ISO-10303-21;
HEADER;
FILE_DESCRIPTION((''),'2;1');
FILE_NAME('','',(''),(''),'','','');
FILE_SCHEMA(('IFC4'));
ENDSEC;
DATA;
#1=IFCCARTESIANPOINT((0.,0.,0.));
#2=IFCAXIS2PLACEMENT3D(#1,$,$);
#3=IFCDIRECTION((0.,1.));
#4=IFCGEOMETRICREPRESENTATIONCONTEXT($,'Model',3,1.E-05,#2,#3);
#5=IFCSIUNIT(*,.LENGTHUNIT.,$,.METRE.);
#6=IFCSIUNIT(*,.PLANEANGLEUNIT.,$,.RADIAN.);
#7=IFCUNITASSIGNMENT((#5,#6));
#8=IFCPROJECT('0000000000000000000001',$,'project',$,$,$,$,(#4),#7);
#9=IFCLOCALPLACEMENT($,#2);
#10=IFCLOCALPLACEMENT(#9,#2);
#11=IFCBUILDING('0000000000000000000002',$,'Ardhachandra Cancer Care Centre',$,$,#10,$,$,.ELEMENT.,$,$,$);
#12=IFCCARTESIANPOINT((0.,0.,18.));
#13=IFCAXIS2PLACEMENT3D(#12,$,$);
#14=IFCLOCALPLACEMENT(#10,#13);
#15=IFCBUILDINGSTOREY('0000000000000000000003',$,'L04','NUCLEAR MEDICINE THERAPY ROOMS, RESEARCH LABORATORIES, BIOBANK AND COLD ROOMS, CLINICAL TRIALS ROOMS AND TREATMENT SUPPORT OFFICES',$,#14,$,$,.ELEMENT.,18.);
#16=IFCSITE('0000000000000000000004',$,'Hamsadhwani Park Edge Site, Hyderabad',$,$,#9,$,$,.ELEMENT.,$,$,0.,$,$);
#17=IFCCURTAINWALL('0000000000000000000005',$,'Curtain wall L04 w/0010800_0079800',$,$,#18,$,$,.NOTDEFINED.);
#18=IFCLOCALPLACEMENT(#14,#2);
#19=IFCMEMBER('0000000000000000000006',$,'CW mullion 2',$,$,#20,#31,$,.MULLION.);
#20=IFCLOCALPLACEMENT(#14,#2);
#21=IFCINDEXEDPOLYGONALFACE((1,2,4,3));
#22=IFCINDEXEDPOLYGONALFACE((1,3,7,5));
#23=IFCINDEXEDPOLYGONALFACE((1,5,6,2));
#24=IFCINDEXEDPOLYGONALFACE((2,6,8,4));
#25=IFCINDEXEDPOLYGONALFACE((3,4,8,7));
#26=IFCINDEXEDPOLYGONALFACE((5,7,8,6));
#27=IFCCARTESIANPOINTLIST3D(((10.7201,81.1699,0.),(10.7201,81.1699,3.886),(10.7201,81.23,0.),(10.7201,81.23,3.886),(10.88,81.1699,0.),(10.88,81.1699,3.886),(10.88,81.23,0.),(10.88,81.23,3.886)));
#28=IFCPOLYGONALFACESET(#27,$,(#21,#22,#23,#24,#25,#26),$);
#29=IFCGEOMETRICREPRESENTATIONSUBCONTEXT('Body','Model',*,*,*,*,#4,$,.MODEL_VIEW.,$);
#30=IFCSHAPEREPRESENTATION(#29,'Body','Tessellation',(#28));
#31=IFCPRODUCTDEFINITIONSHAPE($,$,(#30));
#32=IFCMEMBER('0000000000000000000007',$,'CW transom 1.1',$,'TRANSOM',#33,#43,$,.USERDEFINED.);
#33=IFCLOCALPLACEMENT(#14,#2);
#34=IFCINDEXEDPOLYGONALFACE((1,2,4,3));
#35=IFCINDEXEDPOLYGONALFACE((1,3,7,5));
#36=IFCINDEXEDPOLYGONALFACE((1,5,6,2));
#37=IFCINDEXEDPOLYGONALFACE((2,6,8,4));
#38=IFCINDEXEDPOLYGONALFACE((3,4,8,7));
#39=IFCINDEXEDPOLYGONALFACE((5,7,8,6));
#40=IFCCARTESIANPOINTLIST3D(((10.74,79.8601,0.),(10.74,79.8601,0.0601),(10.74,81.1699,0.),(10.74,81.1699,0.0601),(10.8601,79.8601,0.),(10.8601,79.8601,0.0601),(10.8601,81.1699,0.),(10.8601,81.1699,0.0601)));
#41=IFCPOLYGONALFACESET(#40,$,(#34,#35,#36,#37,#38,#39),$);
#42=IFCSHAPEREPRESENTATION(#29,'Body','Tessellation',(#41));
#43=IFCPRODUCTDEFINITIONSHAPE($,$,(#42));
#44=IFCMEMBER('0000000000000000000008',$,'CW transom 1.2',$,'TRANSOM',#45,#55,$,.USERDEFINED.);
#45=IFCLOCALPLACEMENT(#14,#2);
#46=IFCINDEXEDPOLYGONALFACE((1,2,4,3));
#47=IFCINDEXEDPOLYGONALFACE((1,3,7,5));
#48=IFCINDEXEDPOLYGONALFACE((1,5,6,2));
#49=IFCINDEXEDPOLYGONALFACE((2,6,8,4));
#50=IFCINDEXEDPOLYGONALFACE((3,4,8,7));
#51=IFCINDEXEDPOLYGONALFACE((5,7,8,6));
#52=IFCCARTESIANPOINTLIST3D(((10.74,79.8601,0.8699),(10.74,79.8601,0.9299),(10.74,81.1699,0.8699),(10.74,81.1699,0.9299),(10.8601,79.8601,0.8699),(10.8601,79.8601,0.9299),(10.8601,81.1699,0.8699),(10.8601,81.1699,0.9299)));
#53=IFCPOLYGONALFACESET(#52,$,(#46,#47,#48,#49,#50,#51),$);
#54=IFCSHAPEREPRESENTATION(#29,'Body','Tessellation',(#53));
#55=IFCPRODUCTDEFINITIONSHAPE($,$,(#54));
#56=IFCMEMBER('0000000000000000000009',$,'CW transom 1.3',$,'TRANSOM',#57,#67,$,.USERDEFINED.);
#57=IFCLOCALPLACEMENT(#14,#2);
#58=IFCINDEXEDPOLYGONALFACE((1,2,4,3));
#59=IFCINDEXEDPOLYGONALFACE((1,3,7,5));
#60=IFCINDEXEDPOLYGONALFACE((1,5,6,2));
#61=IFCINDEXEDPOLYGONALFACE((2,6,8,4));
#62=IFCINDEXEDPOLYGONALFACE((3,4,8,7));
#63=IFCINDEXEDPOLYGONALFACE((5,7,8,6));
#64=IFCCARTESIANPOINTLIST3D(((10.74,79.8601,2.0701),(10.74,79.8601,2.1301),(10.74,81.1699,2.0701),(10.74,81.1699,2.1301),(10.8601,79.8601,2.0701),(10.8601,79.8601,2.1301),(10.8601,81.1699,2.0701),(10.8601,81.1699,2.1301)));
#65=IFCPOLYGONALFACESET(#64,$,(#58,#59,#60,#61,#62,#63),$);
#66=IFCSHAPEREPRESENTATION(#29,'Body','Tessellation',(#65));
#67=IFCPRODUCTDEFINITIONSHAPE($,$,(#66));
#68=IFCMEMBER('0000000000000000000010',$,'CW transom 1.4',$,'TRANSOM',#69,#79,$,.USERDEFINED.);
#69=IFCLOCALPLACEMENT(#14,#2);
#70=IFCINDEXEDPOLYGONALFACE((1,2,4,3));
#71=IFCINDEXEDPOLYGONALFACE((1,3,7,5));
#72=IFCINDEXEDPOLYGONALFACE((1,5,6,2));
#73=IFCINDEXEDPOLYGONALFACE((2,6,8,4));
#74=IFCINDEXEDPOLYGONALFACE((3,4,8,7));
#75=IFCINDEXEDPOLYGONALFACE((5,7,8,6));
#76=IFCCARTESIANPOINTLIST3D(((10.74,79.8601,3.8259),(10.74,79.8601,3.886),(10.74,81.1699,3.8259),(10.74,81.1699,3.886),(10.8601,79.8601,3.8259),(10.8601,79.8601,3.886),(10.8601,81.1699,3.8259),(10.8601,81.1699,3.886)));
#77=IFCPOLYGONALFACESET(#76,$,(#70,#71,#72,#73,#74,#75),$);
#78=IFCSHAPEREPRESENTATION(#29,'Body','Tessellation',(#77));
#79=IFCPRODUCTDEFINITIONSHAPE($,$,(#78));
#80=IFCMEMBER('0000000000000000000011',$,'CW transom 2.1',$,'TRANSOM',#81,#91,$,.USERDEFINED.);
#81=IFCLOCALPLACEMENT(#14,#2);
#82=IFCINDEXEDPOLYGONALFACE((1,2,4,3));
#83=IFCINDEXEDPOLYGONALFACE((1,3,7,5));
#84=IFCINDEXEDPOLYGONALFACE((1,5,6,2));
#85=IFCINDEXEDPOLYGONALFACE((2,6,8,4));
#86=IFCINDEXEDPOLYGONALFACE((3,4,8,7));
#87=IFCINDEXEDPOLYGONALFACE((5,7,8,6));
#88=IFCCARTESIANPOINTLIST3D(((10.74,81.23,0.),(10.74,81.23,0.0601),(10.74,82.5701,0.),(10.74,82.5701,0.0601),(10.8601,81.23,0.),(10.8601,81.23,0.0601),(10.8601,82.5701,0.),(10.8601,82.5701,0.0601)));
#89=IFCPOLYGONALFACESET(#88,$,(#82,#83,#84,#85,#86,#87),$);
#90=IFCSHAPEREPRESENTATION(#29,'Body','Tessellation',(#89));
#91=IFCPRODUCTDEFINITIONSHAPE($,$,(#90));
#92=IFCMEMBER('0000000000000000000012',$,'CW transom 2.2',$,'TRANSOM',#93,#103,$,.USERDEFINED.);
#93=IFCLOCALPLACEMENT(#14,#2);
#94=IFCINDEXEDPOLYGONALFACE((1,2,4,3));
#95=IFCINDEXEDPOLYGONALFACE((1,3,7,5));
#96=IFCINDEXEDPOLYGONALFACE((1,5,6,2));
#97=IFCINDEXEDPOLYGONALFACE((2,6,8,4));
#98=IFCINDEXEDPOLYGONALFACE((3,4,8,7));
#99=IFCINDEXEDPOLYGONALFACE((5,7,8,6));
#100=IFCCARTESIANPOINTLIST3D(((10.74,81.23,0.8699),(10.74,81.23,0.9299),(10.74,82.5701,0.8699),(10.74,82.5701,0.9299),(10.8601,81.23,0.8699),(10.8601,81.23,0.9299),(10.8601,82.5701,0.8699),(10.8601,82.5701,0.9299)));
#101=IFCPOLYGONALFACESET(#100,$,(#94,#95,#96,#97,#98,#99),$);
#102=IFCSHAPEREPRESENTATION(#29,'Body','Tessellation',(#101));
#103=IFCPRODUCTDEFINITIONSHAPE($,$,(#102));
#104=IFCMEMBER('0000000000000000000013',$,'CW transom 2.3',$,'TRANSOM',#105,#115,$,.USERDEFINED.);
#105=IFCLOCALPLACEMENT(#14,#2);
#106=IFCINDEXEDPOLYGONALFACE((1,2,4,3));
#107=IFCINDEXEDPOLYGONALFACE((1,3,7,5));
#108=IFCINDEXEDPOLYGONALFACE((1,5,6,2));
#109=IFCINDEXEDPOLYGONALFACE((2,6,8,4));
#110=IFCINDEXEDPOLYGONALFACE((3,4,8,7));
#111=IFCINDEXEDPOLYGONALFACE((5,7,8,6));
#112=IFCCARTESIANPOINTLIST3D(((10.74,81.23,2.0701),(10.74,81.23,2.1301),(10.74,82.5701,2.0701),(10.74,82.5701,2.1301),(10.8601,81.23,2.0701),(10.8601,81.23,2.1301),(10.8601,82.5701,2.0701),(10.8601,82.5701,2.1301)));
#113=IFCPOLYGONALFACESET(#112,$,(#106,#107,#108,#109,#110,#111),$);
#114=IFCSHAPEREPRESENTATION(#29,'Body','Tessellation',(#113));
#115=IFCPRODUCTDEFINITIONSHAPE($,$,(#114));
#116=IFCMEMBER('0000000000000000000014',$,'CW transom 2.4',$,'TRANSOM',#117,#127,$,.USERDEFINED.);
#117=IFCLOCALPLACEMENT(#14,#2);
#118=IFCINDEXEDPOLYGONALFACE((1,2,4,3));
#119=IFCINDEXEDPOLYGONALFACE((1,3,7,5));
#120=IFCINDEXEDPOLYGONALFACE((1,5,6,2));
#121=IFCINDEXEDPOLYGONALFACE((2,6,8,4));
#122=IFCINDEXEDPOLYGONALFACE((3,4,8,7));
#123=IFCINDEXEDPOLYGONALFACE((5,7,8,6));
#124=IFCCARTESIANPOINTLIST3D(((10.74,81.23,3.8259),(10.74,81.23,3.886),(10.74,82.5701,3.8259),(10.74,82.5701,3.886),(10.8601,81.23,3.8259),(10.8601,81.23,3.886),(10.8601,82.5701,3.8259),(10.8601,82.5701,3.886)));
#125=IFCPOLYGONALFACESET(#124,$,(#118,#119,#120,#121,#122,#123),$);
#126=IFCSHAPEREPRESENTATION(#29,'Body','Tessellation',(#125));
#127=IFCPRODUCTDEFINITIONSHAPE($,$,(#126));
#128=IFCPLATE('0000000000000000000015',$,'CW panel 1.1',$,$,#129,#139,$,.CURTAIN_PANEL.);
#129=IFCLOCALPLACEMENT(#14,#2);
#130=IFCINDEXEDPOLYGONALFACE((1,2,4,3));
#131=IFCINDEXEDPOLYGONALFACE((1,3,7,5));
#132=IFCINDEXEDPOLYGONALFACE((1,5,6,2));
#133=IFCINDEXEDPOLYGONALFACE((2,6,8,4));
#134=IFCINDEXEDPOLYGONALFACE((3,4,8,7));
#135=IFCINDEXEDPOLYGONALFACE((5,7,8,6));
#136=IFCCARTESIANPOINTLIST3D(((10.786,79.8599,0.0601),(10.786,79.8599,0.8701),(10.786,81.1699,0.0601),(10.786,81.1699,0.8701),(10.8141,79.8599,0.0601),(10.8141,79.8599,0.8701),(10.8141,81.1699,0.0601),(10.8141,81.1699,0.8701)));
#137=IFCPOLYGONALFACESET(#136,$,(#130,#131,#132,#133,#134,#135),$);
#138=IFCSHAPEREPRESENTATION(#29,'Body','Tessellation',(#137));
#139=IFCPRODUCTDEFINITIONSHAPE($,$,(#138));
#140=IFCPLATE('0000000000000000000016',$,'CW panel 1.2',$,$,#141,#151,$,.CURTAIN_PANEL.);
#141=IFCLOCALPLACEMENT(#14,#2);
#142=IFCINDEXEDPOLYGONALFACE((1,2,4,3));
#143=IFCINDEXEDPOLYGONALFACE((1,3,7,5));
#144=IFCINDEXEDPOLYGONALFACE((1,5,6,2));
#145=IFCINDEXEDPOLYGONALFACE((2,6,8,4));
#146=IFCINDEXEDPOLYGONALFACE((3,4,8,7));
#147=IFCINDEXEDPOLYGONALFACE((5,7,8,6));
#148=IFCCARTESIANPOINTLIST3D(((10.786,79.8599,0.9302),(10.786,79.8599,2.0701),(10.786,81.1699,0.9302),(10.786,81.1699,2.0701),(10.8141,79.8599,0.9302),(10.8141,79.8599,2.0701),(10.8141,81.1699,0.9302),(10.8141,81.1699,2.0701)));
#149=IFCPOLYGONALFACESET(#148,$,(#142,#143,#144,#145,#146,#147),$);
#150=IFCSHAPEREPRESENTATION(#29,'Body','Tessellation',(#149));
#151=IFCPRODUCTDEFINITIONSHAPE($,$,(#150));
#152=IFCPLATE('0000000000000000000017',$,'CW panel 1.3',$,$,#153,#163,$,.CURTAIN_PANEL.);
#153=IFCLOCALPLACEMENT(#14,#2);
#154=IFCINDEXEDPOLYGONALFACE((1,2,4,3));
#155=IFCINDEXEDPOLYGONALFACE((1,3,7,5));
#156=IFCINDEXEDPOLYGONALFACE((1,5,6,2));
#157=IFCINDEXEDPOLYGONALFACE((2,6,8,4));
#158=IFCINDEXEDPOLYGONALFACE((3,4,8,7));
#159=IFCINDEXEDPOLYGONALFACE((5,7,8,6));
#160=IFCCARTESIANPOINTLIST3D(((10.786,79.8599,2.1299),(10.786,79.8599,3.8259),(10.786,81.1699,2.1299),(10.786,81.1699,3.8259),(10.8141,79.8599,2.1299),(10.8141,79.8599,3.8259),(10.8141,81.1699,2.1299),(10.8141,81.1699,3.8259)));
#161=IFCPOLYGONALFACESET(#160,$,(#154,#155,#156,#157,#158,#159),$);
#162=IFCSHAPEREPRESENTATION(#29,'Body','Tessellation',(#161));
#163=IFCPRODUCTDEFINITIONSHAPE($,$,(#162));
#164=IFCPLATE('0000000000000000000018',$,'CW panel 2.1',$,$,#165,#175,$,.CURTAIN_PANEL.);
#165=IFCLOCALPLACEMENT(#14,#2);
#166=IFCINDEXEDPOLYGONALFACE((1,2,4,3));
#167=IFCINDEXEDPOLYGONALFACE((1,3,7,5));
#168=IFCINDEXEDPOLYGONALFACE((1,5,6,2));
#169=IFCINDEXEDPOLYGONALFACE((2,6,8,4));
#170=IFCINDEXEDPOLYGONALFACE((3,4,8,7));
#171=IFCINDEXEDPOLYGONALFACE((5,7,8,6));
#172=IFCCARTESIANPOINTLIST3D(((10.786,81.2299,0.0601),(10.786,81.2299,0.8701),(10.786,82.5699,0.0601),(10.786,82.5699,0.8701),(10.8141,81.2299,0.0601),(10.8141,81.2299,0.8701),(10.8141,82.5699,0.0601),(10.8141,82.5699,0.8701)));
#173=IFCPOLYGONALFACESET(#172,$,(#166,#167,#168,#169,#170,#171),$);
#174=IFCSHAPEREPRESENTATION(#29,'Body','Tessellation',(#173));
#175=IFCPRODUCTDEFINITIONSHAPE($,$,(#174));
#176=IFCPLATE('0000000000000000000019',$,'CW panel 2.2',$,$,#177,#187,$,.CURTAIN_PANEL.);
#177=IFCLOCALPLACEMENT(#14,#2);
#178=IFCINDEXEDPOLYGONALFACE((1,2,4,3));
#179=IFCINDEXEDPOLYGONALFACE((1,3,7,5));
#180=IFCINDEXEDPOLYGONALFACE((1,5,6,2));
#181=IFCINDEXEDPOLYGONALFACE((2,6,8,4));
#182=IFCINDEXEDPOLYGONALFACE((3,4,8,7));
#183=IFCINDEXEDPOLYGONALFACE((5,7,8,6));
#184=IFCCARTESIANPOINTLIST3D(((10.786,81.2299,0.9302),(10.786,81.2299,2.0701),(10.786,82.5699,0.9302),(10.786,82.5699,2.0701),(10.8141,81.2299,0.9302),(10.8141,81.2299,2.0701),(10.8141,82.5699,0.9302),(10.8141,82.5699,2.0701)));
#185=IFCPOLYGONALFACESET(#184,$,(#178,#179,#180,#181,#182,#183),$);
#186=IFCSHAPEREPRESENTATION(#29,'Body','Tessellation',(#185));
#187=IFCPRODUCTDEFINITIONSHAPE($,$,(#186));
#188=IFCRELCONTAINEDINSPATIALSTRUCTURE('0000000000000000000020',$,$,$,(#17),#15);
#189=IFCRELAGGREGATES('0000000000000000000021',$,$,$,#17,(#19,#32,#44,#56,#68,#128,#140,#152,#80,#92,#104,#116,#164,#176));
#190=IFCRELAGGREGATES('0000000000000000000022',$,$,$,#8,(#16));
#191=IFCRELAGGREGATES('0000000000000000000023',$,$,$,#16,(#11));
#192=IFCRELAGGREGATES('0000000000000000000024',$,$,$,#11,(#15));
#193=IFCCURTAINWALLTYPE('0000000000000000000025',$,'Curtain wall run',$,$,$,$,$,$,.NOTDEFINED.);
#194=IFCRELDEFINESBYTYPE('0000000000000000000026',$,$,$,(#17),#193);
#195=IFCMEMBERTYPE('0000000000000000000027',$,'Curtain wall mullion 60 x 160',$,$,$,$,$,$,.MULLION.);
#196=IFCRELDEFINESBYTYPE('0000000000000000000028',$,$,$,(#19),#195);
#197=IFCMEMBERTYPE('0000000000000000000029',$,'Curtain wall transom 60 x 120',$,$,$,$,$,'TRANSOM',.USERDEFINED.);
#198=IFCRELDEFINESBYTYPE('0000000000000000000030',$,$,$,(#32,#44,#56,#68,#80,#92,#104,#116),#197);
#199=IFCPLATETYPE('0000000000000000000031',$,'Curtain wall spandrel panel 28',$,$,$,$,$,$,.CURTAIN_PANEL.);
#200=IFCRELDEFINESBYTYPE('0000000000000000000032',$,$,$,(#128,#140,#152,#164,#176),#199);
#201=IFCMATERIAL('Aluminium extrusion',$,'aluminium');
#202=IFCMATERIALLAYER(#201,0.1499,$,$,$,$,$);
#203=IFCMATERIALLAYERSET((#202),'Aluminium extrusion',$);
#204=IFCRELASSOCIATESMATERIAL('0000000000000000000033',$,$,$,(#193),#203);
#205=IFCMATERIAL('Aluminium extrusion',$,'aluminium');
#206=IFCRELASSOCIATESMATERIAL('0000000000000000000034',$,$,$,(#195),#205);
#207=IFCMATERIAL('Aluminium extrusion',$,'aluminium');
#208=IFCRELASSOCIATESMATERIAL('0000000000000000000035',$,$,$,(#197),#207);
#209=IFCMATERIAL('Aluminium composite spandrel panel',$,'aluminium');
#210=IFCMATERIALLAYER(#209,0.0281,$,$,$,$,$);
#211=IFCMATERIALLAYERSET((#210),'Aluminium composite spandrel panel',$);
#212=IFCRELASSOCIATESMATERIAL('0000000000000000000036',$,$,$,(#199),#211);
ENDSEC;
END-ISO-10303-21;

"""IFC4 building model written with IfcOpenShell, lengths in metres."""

from ifc_helpers import new_model, si_unit, direction, frame, origin, origin_2d, place, context, subcontext, project, spatial, rectangle, extrude, material, layer, layer_set, material_profile, profile_set, type_object, element, aggregate, save


model = new_model("IFC4")

# Units and contexts
model_context = context("Model", 3, precision=1e-05, world=origin(), true_north=direction((0.0, 1.0)))
body_context = subcontext(model_context, "Body", "Model", "MODEL_VIEW")
ifc_project = project(units=[si_unit("LENGTHUNIT", "METRE"), si_unit("PLANEANGLEUNIT", "RADIAN")], contexts=[model_context])

# Site, building, storey
site_placement = place(None, origin())
site = spatial("IfcSite", under=ifc_project, at=site_placement, Name="Hamsadhwani Park Edge Site, Hyderabad", CompositionType="ELEMENT", RefElevation=0.0)
building_placement = place(site_placement, origin())
building = spatial("IfcBuilding", under=site, at=building_placement, Name="Ardhachandra Cancer Care Centre", CompositionType="ELEMENT")
storey_placement = place(building_placement, frame((0.0, 0.0, 18.0)))
storey = spatial("IfcBuildingStorey", under=building, at=storey_placement, Name="L04", Description="NUCLEAR MEDICINE THERAPY ROOMS, RESEARCH LABORATORIES, BIOBANK AND COLD ROOMS, CLINICAL TRIALS ROOMS AND TREATMENT SUPPORT OFFICES", CompositionType="ELEMENT", Elevation=18.0)

# Curtain wall, members, plates
ifc_material_1 = material(Name="Aluminium extrusion", Category="aluminium")
ifc_layer_1 = layer(ifc_material_1, 0.1499)
ifc_layer_set_1 = layer_set([ifc_layer_1], Name="Aluminium extrusion")
curtain_wall_type = type_object("IfcCurtainWallType", Name="Curtain wall run", PredefinedType="NOTDEFINED", material=ifc_layer_set_1)
curtain_wall_placement = place(storey_placement, origin())
curtain_wall = element("IfcCurtainWall", 1, at=curtain_wall_placement, inside=storey, type_object=curtain_wall_type, Name="Curtain wall L04 w/0010800_0079800", PredefinedType="NOTDEFINED")
ifc_material_2 = material(Name="Aluminium extrusion", Category="aluminium")
ifc_material_profile_1 = material_profile(ifc_material_2, rectangle(XDim=0.1599, YDim=0.0601, at=origin_2d()), Name="Curtain wall mullion 60 x 160")
ifc_profile_set_1 = profile_set([ifc_material_profile_1], Name="Aluminium extrusion")
member_type_1 = type_object("IfcMemberType", Name="Curtain wall mullion 60 x 160", PredefinedType="MULLION", material=ifc_profile_set_1)
member_1_placement = place(storey_placement, frame((10.8, 81.2, 0.0), z_axis=(0.0, 0.0, 1.0), x_axis=(-1.0, 0.0, 0.0)))
member_1 = element("IfcMember", 2, at=member_1_placement, type_object=member_type_1, Name="CW mullion 2", PredefinedType="MULLION", context=body_context, shape_type="SweptSolid", body=[
    extrude(rectangle(XDim=0.1599, YDim=0.0601, at=origin_2d()), origin(), (0.0, 0.0, 1.0), 3.886),
])
ifc_material_3 = material(Name="Aluminium extrusion", Category="aluminium")
ifc_material_profile_2 = material_profile(ifc_material_3, rectangle(XDim=0.1201, YDim=0.0601, at=origin_2d()), Name="Curtain wall transom 60 x 120")
ifc_profile_set_2 = profile_set([ifc_material_profile_2], Name="Aluminium extrusion")
member_type_2 = type_object("IfcMemberType", Name="Curtain wall transom 60 x 120", ElementType="TRANSOM", PredefinedType="USERDEFINED", material=ifc_profile_set_2)
member_2_placement = place(storey_placement, frame((10.8, 79.8601, 0.03), z_axis=(0.0, 1.0, 0.0), x_axis=(-1.0, 0.0, 0.0)))
member_2 = element("IfcMember", 3, at=member_2_placement, type_object=member_type_2, Name="CW transom 1.1", ObjectType="TRANSOM", PredefinedType="USERDEFINED", context=body_context, shape_type="SweptSolid", body=[
    extrude(rectangle(XDim=0.1201, YDim=0.0601, at=origin_2d()), origin(), (0.0, 0.0, 1.0), 1.3098),
])
member_3_placement = place(storey_placement, frame((10.8, 79.8601, 0.8999), z_axis=(0.0, 1.0, 0.0), x_axis=(-1.0, 0.0, 0.0)))
member_3 = element("IfcMember", 4, at=member_3_placement, type_object=member_type_2, Name="CW transom 1.2", ObjectType="TRANSOM", PredefinedType="USERDEFINED", context=body_context, shape_type="SweptSolid", body=[
    extrude(rectangle(XDim=0.1201, YDim=0.0601, at=origin_2d()), origin(), (0.0, 0.0, 1.0), 1.3098),
])
member_4_placement = place(storey_placement, frame((10.8, 79.8601, 2.1001), z_axis=(0.0, 1.0, 0.0), x_axis=(-1.0, 0.0, 0.0)))
member_4 = element("IfcMember", 5, at=member_4_placement, type_object=member_type_2, Name="CW transom 1.3", ObjectType="TRANSOM", PredefinedType="USERDEFINED", context=body_context, shape_type="SweptSolid", body=[
    extrude(rectangle(XDim=0.1201, YDim=0.0601, at=origin_2d()), origin(), (0.0, 0.0, 1.0), 1.3098),
])
member_5_placement = place(storey_placement, frame((10.8, 79.8601, 3.856), z_axis=(0.0, 1.0, 0.0), x_axis=(-1.0, 0.0, 0.0)))
member_5 = element("IfcMember", 6, at=member_5_placement, type_object=member_type_2, Name="CW transom 1.4", ObjectType="TRANSOM", PredefinedType="USERDEFINED", context=body_context, shape_type="SweptSolid", body=[
    extrude(rectangle(XDim=0.1201, YDim=0.0601, at=origin_2d()), origin(), (0.0, 0.0, 1.0), 1.3098),
])
member_6_placement = place(storey_placement, frame((10.8, 81.23, 0.03), z_axis=(0.0, 1.0, 0.0), x_axis=(-1.0, 0.0, 0.0)))
member_6 = element("IfcMember", 7, at=member_6_placement, type_object=member_type_2, Name="CW transom 2.1", ObjectType="TRANSOM", PredefinedType="USERDEFINED", context=body_context, shape_type="SweptSolid", body=[
    extrude(rectangle(XDim=0.1201, YDim=0.0601, at=origin_2d()), origin(), (0.0, 0.0, 1.0), 1.3401),
])
member_7_placement = place(storey_placement, frame((10.8, 81.23, 0.8999), z_axis=(0.0, 1.0, 0.0), x_axis=(-1.0, 0.0, 0.0)))
member_7 = element("IfcMember", 8, at=member_7_placement, type_object=member_type_2, Name="CW transom 2.2", ObjectType="TRANSOM", PredefinedType="USERDEFINED", context=body_context, shape_type="SweptSolid", body=[
    extrude(rectangle(XDim=0.1201, YDim=0.0601, at=origin_2d()), origin(), (0.0, 0.0, 1.0), 1.3401),
])
member_8_placement = place(storey_placement, frame((10.8, 81.23, 2.1001), z_axis=(0.0, 1.0, 0.0), x_axis=(-1.0, 0.0, 0.0)))
member_8 = element("IfcMember", 9, at=member_8_placement, type_object=member_type_2, Name="CW transom 2.3", ObjectType="TRANSOM", PredefinedType="USERDEFINED", context=body_context, shape_type="SweptSolid", body=[
    extrude(rectangle(XDim=0.1201, YDim=0.0601, at=origin_2d()), origin(), (0.0, 0.0, 1.0), 1.3401),
])
member_9_placement = place(storey_placement, frame((10.8, 81.23, 3.856), z_axis=(0.0, 1.0, 0.0), x_axis=(-1.0, 0.0, 0.0)))
member_9 = element("IfcMember", 10, at=member_9_placement, type_object=member_type_2, Name="CW transom 2.4", ObjectType="TRANSOM", PredefinedType="USERDEFINED", context=body_context, shape_type="SweptSolid", body=[
    extrude(rectangle(XDim=0.1201, YDim=0.0601, at=origin_2d()), origin(), (0.0, 0.0, 1.0), 1.3401),
])
ifc_material_4 = material(Name="Aluminium composite spandrel panel", Category="aluminium")
ifc_layer_2 = layer(ifc_material_4, 0.0281)
ifc_layer_set_2 = layer_set([ifc_layer_2], Name="Aluminium composite spandrel panel")
plate_type = type_object("IfcPlateType", Name="Curtain wall spandrel panel 28", PredefinedType="CURTAIN_PANEL", material=ifc_layer_set_2)
plate_1_placement = place(storey_placement, frame((10.8, 80.5149, 0.0601), z_axis=(0.0, 0.0, 1.0), x_axis=(0.0, 1.0, 0.0)))
plate_1 = element("IfcPlate", 11, at=plate_1_placement, type_object=plate_type, Name="CW panel 1.1", PredefinedType="CURTAIN_PANEL", context=body_context, shape_type="SweptSolid", body=[
    extrude(rectangle(XDim=1.3101, YDim=0.0281, at=origin_2d()), origin(), (0.0, 0.0, 1.0), 0.8101),
])
plate_2_placement = place(storey_placement, frame((10.8, 80.5149, 0.9302), z_axis=(0.0, 0.0, 1.0), x_axis=(0.0, 1.0, 0.0)))
plate_2 = element("IfcPlate", 12, at=plate_2_placement, type_object=plate_type, Name="CW panel 1.2", PredefinedType="CURTAIN_PANEL", context=body_context, shape_type="SweptSolid", body=[
    extrude(rectangle(XDim=1.3101, YDim=0.0281, at=origin_2d()), origin(), (0.0, 0.0, 1.0), 1.1399),
])
plate_3_placement = place(storey_placement, frame((10.8, 80.5149, 2.1299), z_axis=(0.0, 0.0, 1.0), x_axis=(0.0, 1.0, 0.0)))
plate_3 = element("IfcPlate", 13, at=plate_3_placement, type_object=plate_type, Name="CW panel 1.3", PredefinedType="CURTAIN_PANEL", context=body_context, shape_type="SweptSolid", body=[
    extrude(rectangle(XDim=1.3101, YDim=0.0281, at=origin_2d()), origin(), (0.0, 0.0, 1.0), 1.696),
])
plate_4_placement = place(storey_placement, frame((10.8, 81.8999, 0.0601), z_axis=(0.0, 0.0, 1.0), x_axis=(0.0, 1.0, 0.0)))
plate_4 = element("IfcPlate", 14, at=plate_4_placement, type_object=plate_type, Name="CW panel 2.1", PredefinedType="CURTAIN_PANEL", context=body_context, shape_type="SweptSolid", body=[
    extrude(rectangle(XDim=1.3401, YDim=0.0281, at=origin_2d()), origin(), (0.0, 0.0, 1.0), 0.8101),
])
plate_5_placement = place(storey_placement, frame((10.8, 81.8999, 0.9302), z_axis=(0.0, 0.0, 1.0), x_axis=(0.0, 1.0, 0.0)))
plate_5 = element("IfcPlate", 15, at=plate_5_placement, type_object=plate_type, Name="CW panel 2.2", PredefinedType="CURTAIN_PANEL", context=body_context, shape_type="SweptSolid", body=[
    extrude(rectangle(XDim=1.3401, YDim=0.0281, at=origin_2d()), origin(), (0.0, 0.0, 1.0), 1.1399),
])
aggregate(curtain_wall, [member_1, member_2, member_3, member_4, member_5, plate_1, plate_2, plate_3, member_6, member_7, member_8, member_9, plate_4, plate_5])

save(model, "model.ifc")
